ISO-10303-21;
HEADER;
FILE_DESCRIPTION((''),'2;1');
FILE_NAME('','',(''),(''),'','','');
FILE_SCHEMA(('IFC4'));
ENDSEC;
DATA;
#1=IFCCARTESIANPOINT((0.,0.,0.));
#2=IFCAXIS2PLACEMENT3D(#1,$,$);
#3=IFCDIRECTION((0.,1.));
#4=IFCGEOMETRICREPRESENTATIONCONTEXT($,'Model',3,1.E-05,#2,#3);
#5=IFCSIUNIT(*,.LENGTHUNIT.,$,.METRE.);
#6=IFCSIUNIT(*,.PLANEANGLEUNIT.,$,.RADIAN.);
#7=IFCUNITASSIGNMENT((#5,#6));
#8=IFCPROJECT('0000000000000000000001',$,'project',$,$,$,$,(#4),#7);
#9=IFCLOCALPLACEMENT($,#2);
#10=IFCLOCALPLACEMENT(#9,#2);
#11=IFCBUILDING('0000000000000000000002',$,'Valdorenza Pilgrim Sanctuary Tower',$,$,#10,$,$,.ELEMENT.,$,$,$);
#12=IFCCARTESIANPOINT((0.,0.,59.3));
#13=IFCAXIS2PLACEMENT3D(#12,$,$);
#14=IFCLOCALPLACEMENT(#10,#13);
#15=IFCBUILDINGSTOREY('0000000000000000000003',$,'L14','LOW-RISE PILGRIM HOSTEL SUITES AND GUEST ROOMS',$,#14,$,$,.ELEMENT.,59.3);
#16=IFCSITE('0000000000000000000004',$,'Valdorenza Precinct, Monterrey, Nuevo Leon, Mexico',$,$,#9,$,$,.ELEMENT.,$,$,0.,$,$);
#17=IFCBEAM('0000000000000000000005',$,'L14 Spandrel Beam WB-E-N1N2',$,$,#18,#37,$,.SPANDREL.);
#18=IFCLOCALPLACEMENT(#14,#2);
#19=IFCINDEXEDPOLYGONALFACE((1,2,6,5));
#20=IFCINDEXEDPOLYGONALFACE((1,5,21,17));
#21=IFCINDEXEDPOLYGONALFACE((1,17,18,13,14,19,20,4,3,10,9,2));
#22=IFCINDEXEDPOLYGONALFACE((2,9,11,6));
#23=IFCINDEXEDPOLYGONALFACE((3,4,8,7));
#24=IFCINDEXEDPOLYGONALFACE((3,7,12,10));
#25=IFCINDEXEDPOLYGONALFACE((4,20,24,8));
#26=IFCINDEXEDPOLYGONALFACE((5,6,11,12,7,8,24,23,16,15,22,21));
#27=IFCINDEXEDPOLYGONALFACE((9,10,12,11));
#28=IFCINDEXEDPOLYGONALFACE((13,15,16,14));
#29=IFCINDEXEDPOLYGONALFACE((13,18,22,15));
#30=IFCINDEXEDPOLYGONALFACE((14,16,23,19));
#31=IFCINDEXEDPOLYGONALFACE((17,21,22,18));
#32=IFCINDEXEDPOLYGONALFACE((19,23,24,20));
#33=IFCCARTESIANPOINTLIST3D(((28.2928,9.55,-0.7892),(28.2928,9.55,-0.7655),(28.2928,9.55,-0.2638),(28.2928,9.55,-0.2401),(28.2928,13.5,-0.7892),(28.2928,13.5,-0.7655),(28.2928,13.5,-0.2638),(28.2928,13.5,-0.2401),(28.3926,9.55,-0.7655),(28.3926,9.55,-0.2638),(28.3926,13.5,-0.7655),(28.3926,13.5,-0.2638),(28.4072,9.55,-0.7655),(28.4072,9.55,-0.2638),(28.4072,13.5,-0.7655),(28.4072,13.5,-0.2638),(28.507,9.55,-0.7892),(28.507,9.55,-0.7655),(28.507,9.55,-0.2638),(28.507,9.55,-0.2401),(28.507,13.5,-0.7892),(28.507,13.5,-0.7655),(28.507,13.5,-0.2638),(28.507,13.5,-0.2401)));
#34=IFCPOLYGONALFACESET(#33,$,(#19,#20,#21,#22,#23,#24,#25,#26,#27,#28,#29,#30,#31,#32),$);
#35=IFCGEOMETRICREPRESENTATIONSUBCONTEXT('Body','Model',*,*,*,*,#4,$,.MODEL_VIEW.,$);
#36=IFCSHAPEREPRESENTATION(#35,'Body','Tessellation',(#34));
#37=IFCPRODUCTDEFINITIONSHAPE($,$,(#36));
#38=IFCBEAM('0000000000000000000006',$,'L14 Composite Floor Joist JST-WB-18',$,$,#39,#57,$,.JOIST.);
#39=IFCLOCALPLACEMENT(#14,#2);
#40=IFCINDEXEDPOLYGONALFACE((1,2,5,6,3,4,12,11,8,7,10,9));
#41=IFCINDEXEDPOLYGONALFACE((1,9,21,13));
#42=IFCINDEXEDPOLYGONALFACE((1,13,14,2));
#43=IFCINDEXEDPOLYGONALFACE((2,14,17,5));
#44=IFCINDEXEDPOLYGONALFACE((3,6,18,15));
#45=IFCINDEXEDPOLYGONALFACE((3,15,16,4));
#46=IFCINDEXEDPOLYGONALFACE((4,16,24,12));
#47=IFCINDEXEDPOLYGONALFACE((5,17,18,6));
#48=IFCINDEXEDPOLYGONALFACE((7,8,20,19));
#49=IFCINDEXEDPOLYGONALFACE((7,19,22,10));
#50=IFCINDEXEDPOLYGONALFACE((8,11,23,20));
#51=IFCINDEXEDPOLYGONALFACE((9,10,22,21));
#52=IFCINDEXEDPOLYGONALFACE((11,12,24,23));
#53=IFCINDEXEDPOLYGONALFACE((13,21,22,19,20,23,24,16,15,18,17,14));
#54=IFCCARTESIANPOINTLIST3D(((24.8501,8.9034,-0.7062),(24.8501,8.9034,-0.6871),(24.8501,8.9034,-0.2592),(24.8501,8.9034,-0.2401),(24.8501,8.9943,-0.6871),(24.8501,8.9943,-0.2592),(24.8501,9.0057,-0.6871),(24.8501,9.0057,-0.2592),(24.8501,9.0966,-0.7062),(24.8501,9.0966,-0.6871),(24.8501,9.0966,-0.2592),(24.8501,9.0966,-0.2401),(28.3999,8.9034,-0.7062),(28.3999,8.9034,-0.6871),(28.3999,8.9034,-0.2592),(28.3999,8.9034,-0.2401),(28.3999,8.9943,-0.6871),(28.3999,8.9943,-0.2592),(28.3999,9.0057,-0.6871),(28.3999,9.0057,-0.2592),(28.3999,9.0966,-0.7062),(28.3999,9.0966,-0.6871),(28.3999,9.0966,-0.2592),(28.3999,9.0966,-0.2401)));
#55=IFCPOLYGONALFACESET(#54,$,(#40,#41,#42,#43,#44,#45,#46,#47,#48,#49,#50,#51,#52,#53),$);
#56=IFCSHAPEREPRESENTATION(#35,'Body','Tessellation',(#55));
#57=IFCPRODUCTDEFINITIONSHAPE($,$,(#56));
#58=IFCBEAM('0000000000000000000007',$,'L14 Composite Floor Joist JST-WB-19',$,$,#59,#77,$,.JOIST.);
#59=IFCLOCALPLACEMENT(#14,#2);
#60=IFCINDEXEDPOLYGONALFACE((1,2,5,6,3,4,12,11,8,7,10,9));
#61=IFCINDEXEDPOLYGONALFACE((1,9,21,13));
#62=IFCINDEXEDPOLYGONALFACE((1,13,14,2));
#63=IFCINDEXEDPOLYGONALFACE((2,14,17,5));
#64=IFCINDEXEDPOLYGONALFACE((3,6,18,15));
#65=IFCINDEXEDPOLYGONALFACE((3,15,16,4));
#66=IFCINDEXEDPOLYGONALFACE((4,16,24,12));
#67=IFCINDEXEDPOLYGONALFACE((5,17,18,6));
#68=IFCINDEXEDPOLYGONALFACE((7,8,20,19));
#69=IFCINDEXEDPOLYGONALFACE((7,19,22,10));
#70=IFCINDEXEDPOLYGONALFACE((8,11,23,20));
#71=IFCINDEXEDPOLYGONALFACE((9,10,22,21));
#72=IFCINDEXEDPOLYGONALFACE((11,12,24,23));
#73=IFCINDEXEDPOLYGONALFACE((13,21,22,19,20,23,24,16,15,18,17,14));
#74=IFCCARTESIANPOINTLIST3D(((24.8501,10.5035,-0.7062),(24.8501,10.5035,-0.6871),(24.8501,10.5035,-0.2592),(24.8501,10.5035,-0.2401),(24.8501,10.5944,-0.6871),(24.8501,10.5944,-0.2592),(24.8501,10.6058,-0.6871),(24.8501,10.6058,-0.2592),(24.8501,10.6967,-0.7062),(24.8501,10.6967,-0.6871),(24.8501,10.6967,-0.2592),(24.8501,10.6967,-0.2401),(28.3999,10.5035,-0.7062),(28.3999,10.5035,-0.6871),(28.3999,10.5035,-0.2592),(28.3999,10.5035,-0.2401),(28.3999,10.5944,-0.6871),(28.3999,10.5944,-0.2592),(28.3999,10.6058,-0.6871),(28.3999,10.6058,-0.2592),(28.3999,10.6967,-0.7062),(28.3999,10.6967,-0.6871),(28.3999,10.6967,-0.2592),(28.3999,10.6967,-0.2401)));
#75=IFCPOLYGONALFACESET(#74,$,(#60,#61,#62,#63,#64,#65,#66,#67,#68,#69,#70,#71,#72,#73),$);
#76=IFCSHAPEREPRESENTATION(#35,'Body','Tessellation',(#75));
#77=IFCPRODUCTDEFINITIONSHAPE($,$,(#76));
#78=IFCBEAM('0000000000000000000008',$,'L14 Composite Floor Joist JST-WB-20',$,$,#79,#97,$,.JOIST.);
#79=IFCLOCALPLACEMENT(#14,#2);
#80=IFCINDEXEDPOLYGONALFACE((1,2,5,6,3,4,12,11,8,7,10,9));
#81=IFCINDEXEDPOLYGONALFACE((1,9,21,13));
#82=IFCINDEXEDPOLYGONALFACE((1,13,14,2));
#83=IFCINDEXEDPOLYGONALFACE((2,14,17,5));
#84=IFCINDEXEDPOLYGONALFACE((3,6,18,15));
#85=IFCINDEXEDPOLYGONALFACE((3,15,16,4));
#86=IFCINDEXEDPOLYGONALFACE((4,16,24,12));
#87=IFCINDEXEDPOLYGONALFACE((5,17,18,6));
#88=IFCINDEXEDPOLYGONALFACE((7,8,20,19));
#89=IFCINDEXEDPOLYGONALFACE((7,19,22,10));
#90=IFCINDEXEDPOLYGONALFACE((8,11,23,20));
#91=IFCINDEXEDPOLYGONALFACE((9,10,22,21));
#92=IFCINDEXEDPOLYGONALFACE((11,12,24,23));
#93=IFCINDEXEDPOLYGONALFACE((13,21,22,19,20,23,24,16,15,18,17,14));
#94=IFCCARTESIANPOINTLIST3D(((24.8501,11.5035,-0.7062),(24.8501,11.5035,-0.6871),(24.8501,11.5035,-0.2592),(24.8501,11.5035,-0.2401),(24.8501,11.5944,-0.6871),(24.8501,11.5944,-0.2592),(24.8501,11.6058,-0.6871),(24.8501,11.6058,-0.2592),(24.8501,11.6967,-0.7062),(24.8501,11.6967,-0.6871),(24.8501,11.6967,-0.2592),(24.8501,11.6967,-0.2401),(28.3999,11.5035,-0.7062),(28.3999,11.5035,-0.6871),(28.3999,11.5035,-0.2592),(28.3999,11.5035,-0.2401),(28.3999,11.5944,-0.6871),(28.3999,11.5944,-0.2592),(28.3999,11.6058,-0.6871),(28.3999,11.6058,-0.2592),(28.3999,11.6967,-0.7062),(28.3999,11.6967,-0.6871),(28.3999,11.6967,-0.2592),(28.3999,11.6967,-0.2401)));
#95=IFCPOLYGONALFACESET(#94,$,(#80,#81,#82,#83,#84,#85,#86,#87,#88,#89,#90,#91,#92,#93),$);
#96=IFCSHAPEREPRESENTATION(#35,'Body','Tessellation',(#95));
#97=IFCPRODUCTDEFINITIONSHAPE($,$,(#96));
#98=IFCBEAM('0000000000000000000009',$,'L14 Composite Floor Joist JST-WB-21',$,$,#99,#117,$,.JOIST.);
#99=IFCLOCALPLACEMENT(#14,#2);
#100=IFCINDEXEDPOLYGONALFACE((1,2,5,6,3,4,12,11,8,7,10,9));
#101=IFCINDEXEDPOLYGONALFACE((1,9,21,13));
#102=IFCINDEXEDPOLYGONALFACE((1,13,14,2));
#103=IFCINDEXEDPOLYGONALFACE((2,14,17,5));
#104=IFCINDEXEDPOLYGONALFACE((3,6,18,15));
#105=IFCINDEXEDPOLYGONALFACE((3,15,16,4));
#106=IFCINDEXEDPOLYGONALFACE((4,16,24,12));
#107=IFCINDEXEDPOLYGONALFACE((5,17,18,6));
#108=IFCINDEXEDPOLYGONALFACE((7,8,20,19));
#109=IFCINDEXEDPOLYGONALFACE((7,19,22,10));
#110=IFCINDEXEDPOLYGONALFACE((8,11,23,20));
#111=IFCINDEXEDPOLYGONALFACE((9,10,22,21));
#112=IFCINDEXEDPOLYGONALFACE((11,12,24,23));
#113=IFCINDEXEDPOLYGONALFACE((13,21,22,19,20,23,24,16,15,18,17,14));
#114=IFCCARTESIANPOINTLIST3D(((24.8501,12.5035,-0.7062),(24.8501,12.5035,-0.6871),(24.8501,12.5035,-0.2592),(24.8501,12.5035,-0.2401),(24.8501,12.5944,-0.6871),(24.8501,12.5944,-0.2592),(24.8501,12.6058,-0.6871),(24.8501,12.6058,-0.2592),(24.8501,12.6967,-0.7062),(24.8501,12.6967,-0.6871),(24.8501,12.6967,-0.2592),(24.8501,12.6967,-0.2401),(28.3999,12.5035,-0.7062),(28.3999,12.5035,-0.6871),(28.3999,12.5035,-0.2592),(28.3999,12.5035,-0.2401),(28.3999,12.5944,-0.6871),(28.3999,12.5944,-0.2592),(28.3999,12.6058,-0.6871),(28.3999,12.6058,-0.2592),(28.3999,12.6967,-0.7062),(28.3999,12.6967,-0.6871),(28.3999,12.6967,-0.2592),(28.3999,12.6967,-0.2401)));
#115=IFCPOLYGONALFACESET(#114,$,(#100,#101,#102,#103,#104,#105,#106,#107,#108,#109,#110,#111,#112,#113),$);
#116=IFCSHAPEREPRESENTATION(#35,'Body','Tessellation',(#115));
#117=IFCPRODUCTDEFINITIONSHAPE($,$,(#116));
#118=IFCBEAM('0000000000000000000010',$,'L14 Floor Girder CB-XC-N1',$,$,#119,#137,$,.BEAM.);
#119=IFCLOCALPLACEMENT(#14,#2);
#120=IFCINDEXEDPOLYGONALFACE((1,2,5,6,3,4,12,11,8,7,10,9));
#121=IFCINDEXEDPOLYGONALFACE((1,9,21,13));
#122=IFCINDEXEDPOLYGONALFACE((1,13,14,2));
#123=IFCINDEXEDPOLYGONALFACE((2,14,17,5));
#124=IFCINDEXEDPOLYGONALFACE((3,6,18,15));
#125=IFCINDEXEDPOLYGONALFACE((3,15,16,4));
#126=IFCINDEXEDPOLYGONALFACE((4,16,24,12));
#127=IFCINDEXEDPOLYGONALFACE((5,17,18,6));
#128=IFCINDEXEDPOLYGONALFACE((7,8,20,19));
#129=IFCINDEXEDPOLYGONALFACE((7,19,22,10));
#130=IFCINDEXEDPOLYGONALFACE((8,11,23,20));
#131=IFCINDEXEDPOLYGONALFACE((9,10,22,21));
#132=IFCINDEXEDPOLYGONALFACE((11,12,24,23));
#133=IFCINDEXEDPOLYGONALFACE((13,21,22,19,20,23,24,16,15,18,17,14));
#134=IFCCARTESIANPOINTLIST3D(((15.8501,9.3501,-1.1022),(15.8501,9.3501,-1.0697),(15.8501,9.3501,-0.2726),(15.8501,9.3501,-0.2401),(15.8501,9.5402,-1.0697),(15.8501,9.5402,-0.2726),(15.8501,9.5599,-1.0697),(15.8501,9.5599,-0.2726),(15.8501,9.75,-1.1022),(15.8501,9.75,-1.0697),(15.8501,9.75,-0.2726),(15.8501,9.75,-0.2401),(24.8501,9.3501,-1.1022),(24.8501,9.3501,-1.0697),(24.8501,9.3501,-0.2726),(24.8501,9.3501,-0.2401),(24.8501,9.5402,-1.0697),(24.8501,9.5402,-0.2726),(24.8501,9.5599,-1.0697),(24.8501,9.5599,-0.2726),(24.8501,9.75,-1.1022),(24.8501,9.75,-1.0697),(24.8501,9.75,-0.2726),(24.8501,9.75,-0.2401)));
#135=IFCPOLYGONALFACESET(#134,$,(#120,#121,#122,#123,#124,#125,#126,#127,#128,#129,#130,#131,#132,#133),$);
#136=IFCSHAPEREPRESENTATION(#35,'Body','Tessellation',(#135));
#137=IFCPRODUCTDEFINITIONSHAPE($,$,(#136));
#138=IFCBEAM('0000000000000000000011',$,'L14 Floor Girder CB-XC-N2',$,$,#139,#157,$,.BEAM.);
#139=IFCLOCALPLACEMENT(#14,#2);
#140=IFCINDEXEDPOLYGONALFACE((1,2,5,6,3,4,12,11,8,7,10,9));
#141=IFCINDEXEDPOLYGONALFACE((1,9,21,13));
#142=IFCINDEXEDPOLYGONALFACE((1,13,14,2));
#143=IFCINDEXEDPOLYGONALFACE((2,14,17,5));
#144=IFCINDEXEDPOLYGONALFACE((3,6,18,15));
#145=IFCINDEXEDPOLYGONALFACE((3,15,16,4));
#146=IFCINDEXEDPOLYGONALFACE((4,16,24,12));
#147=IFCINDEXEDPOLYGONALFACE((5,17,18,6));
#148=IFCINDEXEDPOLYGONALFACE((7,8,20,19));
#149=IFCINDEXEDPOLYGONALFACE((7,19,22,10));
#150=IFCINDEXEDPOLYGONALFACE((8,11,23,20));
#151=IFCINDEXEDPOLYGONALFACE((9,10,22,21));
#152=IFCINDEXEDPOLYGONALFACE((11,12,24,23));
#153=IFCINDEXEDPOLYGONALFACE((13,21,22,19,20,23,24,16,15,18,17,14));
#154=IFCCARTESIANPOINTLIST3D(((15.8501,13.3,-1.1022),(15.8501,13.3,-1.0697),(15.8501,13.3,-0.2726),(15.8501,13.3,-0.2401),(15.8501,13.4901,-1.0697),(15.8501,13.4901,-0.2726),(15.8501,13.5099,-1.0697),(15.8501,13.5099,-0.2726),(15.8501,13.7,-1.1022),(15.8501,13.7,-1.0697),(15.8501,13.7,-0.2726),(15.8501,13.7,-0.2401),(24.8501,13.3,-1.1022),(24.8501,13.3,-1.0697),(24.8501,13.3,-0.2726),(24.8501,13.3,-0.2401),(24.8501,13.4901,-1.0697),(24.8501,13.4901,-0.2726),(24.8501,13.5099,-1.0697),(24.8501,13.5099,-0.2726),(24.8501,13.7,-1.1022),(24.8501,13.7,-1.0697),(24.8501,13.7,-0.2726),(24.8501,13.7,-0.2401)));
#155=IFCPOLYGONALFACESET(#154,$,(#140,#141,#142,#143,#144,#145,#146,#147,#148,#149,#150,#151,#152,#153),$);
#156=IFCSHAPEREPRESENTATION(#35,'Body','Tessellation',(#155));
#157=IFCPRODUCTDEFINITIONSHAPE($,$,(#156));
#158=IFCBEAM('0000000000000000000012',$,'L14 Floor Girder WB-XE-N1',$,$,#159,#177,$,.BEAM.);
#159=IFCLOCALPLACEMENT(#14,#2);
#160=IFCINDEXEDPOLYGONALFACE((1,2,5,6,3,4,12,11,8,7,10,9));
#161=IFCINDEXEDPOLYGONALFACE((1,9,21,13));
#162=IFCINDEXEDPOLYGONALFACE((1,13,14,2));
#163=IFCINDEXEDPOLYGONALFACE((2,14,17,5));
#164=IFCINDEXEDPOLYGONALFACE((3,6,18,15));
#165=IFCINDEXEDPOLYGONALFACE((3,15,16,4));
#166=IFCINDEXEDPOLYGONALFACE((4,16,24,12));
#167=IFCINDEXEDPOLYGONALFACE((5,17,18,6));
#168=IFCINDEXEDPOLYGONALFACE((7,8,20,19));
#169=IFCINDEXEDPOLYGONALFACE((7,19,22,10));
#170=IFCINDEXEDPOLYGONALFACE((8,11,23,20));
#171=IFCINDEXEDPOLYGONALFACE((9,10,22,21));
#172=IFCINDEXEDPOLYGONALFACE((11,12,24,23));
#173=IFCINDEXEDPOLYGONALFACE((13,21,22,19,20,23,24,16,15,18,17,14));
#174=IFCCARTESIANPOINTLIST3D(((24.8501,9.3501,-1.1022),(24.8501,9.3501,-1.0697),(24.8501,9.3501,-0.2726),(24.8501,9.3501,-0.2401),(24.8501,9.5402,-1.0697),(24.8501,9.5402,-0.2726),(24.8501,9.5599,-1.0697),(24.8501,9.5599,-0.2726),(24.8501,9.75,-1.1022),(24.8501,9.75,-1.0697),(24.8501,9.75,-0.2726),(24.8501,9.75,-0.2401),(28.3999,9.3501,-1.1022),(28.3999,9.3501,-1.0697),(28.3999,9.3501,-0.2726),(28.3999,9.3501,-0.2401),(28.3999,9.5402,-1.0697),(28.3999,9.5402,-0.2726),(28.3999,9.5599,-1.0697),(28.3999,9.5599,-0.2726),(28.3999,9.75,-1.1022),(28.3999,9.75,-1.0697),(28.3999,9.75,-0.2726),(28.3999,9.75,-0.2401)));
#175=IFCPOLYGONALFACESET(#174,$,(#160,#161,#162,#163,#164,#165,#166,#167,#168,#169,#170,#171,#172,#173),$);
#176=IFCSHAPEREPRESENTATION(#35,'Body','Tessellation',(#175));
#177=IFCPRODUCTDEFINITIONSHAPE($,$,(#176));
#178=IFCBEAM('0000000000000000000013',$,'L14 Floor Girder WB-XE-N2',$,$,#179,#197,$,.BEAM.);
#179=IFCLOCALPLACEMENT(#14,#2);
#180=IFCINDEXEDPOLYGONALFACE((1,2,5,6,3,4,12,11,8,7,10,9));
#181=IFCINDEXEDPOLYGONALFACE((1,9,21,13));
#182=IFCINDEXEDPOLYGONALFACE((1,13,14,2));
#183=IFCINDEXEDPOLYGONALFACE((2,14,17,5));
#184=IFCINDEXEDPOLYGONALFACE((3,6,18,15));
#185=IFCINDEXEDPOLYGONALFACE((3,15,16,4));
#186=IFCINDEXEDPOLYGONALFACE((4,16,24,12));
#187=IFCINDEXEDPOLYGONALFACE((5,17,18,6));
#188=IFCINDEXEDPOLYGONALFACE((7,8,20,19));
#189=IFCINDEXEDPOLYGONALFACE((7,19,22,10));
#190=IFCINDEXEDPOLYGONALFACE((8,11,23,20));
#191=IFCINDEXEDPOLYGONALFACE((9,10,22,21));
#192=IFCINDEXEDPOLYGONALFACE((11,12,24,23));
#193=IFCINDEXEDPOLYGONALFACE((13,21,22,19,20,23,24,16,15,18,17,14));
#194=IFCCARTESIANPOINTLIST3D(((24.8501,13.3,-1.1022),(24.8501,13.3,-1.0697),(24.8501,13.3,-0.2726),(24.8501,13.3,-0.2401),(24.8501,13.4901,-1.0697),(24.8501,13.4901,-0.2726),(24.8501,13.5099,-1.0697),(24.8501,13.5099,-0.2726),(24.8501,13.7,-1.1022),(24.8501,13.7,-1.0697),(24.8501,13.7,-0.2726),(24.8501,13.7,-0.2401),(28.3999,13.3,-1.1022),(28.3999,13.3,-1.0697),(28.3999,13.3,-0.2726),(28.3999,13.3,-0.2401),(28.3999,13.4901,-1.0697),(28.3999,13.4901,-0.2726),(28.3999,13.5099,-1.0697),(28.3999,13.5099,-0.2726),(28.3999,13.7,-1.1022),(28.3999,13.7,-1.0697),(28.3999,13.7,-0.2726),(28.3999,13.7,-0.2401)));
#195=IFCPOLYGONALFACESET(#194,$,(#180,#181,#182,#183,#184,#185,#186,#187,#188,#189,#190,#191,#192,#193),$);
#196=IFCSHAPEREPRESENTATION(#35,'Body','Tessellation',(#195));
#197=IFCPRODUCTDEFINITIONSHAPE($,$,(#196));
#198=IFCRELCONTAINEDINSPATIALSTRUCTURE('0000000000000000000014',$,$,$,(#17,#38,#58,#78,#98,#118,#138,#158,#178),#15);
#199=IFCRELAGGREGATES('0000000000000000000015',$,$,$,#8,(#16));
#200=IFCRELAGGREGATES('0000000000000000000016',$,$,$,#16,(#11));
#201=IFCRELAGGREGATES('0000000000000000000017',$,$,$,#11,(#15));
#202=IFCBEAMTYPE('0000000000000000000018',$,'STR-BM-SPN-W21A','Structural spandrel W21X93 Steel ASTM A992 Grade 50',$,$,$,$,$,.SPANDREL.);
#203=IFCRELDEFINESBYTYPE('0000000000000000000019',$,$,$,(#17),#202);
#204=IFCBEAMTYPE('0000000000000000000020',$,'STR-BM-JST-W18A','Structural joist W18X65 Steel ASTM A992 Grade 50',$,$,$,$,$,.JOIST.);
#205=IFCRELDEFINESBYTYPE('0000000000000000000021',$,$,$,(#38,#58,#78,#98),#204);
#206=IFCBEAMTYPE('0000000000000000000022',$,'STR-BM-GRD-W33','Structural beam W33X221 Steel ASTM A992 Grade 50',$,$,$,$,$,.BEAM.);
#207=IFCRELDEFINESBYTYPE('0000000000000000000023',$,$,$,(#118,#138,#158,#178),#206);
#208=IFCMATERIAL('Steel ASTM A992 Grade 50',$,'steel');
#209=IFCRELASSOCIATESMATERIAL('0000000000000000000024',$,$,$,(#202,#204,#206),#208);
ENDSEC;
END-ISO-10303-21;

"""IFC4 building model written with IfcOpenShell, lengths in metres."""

from ifc_helpers import new_model, si_unit, direction, frame, origin, origin_2d, place, context, subcontext, project, spatial, i_section, extrude, source, transform, mapped, material, material_profile, profile_set, type_object, element, save


model = new_model("IFC4")

# Units and contexts
model_context = context("Model", 3, precision=1e-05, world=origin(), true_north=direction((0.0, 1.0)))
body_context = subcontext(model_context, "Body", "Model", "MODEL_VIEW")
ifc_project = project(units=[si_unit("LENGTHUNIT", "METRE"), si_unit("PLANEANGLEUNIT", "RADIAN")], contexts=[model_context])

# Site, building, storey
site_placement = place(None, origin())
site = spatial("IfcSite", under=ifc_project, at=site_placement, Name="Valdorenza Precinct, Monterrey, Nuevo Leon, Mexico", CompositionType="ELEMENT", RefElevation=0.0)
building_placement = place(site_placement, origin())
building = spatial("IfcBuilding", under=site, at=building_placement, Name="Valdorenza Pilgrim Sanctuary Tower", CompositionType="ELEMENT")
storey_placement = place(building_placement, frame((0.0, 0.0, 59.3)))
storey = spatial("IfcBuildingStorey", under=building, at=storey_placement, Name="L14", Description="LOW-RISE PILGRIM HOSTEL SUITES AND GUEST ROOMS", CompositionType="ELEMENT", Elevation=59.3)

# Beams
ifc_material_1 = material(Name="Steel ASTM A992 Grade 50", Category="steel")
ifc_material_profile_1 = material_profile(ifc_material_1, i_section(OverallWidth=0.2141, OverallDepth=0.5491, WebThickness=0.0146, FlangeThickness=0.0237, at=origin_2d()), Name="W21X93")
ifc_profile_set_1 = profile_set([ifc_material_profile_1], Name="Steel ASTM A992 Grade 50")
beam_type_1 = type_object("IfcBeamType", Name="STR-BM-SPN-W21A", Description="Structural spandrel W21X93 Steel ASTM A992 Grade 50", PredefinedType="SPANDREL", material=ifc_profile_set_1)
shared_shape_1 = source(origin(), body_context, "Body", "SweptSolid", [
    extrude(i_section(OverallWidth=0.2141, OverallDepth=0.5491, WebThickness=0.0146, FlangeThickness=0.0237, at=origin_2d()), origin(), (0.0, 0.0, 1.0), 3.95),
])
beam_placement = place(storey_placement, frame((28.3999, 9.55, -0.5146), z_axis=(0.0, 1.0, 0.0), x_axis=(-1.0, 0.0, 0.0)))
element("IfcBeam", 1, at=beam_placement, inside=storey, type_object=beam_type_1, Name="L14 Spandrel Beam WB-E-N1N2", PredefinedType="SPANDREL", context=body_context, shape_type="MappedRepresentation", body=[
    mapped(shared_shape_1, transform((0.0, 0.0, 0.0), x_axis=(1.0, 0.0, 0.0), y_axis=(0.0, 1.0, 0.0), z_axis=(0.0, 0.0, 1.0), scale=1.0)),
])
ifc_material_profile_2 = material_profile(ifc_material_1, i_section(OverallWidth=0.1931, OverallDepth=0.4661, WebThickness=0.0115, FlangeThickness=0.019, at=origin_2d()), Name="W18X65")
ifc_profile_set_2 = profile_set([ifc_material_profile_2], Name="Steel ASTM A992 Grade 50")
beam_type_2 = type_object("IfcBeamType", Name="STR-BM-JST-W18A", Description="Structural joist W18X65 Steel ASTM A992 Grade 50", PredefinedType="JOIST", material=ifc_profile_set_2)
shared_shape_2 = source(origin(), body_context, "Body", "SweptSolid", [
    extrude(i_section(OverallWidth=0.1931, OverallDepth=0.4661, WebThickness=0.0115, FlangeThickness=0.019, at=origin_2d()), origin(), (0.0, 0.0, 1.0), 3.5498),
])
for number, where, z_axis, x_axis, name in (
    (2, (24.8501, 9.0, -0.4731), (1.0, 0.0, 0.0), (0.0, 1.0, 0.0), "L14 Composite Floor Joist JST-WB-18"),
    (3, (24.8501, 10.6001, -0.4731), (1.0, 0.0, 0.0), (0.0, 1.0, 0.0), "L14 Composite Floor Joist JST-WB-19"),
    (4, (24.8501, 11.6001, -0.4731), (1.0, 0.0, 0.0), (0.0, 1.0, 0.0), "L14 Composite Floor Joist JST-WB-20"),
    (5, (24.8501, 12.6001, -0.4731), (1.0, 0.0, 0.0), (0.0, 1.0, 0.0), "L14 Composite Floor Joist JST-WB-21"),
):
    element("IfcBeam", number, at=place(storey_placement, frame(where, z_axis=z_axis, x_axis=x_axis)), inside=storey, type_object=beam_type_2, Name=name, PredefinedType="JOIST", context=body_context, shape_type="MappedRepresentation", body=[
        mapped(shared_shape_2, transform((0.0, 0.0, 0.0), x_axis=(1.0, 0.0, 0.0), y_axis=(0.0, 1.0, 0.0), z_axis=(0.0, 0.0, 1.0), scale=1.0)),
    ])
ifc_material_profile_3 = material_profile(ifc_material_1, i_section(OverallWidth=0.3999, OverallDepth=0.8621, WebThickness=0.0198, FlangeThickness=0.0325, at=origin_2d()), Name="W33X221")
ifc_profile_set_3 = profile_set([ifc_material_profile_3], Name="Steel ASTM A992 Grade 50")
beam_type_3 = type_object("IfcBeamType", Name="STR-BM-GRD-W33", Description="Structural beam W33X221 Steel ASTM A992 Grade 50", PredefinedType="BEAM", material=ifc_profile_set_3)
shared_shape_3 = source(origin(), body_context, "Body", "SweptSolid", [
    extrude(i_section(OverallWidth=0.3999, OverallDepth=0.8621, WebThickness=0.0198, FlangeThickness=0.0325, at=origin_2d()), origin(), (0.0, 0.0, 1.0), 9.0),
])
for number, where, z_axis, x_axis, name in (
    (6, (15.8501, 9.55, -0.6711), (1.0, 0.0, 0.0), (0.0, 1.0, 0.0), "L14 Floor Girder CB-XC-N1"),
    (7, (15.8501, 13.5, -0.6711), (1.0, 0.0, 0.0), (0.0, 1.0, 0.0), "L14 Floor Girder CB-XC-N2"),
):
    element("IfcBeam", number, at=place(storey_placement, frame(where, z_axis=z_axis, x_axis=x_axis)), inside=storey, type_object=beam_type_3, Name=name, PredefinedType="BEAM", context=body_context, shape_type="MappedRepresentation", body=[
        mapped(shared_shape_3, transform((0.0, 0.0, 0.0), x_axis=(1.0, 0.0, 0.0), y_axis=(0.0, 1.0, 0.0), z_axis=(0.0, 0.0, 1.0), scale=1.0)),
    ])
shared_shape_4 = source(origin(), body_context, "Body", "SweptSolid", [
    extrude(i_section(OverallWidth=0.3999, OverallDepth=0.8621, WebThickness=0.0198, FlangeThickness=0.0325, at=origin_2d()), origin(), (0.0, 0.0, 1.0), 3.5498),
])
for number, where, z_axis, x_axis, name in (
    (8, (24.8501, 9.55, -0.6711), (1.0, 0.0, 0.0), (0.0, 1.0, 0.0), "L14 Floor Girder WB-XE-N1"),
    (9, (24.8501, 13.5, -0.6711), (1.0, 0.0, 0.0), (0.0, 1.0, 0.0), "L14 Floor Girder WB-XE-N2"),
):
    element("IfcBeam", number, at=place(storey_placement, frame(where, z_axis=z_axis, x_axis=x_axis)), inside=storey, type_object=beam_type_3, Name=name, PredefinedType="BEAM", context=body_context, shape_type="MappedRepresentation", body=[
        mapped(shared_shape_4, transform((0.0, 0.0, 0.0), x_axis=(1.0, 0.0, 0.0), y_axis=(0.0, 1.0, 0.0), z_axis=(0.0, 0.0, 1.0), scale=1.0)),
    ])

save(model, "model.ifc")
